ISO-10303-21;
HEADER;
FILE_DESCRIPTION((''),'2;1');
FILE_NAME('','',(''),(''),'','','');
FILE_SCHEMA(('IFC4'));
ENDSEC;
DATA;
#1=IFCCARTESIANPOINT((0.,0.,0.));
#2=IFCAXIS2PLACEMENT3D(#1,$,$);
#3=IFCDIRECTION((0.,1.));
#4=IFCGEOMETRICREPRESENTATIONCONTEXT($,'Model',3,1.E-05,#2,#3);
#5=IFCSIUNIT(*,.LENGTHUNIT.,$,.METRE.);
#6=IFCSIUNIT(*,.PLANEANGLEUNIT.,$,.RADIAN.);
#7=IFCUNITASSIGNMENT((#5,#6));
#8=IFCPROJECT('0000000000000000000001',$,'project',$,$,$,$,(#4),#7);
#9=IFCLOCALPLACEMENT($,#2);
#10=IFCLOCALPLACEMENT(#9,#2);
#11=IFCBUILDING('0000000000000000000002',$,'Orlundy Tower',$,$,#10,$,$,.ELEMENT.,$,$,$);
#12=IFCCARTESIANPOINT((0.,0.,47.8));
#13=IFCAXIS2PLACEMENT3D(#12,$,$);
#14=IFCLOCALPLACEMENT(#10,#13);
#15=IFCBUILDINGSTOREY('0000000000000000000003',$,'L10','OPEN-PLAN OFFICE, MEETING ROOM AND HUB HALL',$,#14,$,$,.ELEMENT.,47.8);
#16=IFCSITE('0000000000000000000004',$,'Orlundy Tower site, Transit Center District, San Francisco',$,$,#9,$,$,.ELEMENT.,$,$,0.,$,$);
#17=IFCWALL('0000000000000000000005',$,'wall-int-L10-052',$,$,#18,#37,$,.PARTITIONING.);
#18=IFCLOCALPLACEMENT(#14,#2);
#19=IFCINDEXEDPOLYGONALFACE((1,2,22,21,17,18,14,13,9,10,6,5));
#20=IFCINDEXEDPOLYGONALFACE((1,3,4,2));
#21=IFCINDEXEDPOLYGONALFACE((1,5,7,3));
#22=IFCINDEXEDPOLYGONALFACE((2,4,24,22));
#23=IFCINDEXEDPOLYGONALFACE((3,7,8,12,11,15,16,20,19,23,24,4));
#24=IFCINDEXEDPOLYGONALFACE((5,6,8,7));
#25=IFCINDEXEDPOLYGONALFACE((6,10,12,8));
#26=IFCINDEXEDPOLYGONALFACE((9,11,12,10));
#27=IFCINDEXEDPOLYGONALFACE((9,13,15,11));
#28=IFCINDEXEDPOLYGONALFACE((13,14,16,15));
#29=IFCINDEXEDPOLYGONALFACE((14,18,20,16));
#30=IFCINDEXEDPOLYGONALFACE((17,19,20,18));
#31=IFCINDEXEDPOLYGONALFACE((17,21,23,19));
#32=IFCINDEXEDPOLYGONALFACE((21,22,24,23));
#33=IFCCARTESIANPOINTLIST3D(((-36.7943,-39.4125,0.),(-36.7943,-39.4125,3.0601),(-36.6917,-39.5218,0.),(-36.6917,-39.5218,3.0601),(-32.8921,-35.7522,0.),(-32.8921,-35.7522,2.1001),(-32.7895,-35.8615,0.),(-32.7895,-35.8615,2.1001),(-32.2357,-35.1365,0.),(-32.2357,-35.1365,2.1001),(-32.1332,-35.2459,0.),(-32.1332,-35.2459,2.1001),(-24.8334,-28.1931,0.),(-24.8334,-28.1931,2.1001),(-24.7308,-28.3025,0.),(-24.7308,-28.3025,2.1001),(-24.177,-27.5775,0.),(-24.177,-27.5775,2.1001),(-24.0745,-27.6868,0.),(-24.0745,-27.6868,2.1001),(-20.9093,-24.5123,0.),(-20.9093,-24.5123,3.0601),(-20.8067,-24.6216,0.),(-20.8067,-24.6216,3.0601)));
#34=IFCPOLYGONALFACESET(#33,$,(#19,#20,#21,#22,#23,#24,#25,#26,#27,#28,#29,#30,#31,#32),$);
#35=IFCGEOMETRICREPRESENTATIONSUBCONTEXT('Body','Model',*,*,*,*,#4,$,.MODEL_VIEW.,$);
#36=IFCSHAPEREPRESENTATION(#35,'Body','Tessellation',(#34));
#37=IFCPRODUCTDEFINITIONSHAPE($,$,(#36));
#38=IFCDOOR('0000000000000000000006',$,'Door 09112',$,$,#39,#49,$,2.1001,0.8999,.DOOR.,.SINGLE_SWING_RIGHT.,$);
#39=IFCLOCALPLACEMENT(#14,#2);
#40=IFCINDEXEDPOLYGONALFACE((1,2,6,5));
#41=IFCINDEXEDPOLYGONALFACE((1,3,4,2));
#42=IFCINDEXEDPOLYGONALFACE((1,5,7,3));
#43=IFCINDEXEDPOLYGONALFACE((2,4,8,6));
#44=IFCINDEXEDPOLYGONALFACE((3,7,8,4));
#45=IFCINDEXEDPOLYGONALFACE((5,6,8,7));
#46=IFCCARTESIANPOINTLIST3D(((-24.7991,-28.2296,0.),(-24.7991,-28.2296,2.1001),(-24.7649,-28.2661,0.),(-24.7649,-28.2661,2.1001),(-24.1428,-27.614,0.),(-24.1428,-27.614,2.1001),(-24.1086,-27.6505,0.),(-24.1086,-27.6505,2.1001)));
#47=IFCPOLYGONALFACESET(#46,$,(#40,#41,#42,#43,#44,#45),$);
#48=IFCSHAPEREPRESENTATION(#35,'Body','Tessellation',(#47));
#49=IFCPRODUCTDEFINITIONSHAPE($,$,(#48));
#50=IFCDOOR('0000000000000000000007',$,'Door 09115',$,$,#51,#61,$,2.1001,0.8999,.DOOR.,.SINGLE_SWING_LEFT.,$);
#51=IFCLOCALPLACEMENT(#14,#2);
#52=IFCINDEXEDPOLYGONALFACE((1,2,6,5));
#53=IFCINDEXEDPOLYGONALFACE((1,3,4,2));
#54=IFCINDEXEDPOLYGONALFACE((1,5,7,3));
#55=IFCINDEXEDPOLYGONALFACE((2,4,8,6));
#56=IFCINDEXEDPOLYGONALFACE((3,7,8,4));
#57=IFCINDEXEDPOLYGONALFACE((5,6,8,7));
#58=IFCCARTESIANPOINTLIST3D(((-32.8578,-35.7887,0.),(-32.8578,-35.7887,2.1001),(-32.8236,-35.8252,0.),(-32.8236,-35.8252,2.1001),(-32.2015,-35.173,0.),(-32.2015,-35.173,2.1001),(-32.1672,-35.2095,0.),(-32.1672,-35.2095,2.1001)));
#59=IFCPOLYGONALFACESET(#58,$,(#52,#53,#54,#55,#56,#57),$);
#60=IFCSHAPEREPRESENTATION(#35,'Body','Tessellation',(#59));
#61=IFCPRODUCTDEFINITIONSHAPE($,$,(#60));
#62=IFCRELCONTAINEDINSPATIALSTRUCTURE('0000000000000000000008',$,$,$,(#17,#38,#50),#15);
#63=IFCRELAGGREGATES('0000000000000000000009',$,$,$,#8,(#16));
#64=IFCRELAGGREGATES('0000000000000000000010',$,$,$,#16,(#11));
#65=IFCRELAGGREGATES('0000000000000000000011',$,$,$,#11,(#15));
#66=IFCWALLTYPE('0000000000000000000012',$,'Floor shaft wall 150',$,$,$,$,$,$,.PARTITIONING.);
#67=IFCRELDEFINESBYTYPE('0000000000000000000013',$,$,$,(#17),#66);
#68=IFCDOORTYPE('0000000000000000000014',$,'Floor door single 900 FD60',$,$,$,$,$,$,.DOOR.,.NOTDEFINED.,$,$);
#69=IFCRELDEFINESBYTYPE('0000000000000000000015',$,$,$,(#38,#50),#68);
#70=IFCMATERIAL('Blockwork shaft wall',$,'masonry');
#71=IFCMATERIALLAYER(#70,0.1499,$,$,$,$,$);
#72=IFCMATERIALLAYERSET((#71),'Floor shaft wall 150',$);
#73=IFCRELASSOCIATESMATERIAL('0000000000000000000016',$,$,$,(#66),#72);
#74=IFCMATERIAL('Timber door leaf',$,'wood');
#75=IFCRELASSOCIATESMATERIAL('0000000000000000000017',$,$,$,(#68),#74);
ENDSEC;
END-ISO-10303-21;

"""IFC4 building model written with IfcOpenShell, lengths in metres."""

from ifc_helpers import new_model, si_unit, direction, frame, frame_2d, origin, place, context, subcontext, project, spatial, rectangle, extrude, material, layer, layer_set, type_object, element, fill, save


model = new_model("IFC4")

# Units and contexts
model_context = context("Model", 3, precision=1e-05, world=origin(), true_north=direction((0.0, 1.0)))
body_context = subcontext(model_context, "Body", "Model", "MODEL_VIEW")
ifc_project = project(units=[si_unit("LENGTHUNIT", "METRE"), si_unit("PLANEANGLEUNIT", "RADIAN")], contexts=[model_context])

# Site, building, storey
site_placement = place(None, origin())
site = spatial("IfcSite", under=ifc_project, at=site_placement, Name="Orlundy Tower site, Transit Center District, San Francisco", CompositionType="ELEMENT", RefElevation=0.0)
building_placement = place(site_placement, origin())
building = spatial("IfcBuilding", under=site, at=building_placement, Name="Orlundy Tower", CompositionType="ELEMENT")
storey_placement = place(building_placement, frame((0.0, 0.0, 47.8)))
storey = spatial("IfcBuildingStorey", under=building, at=storey_placement, Name="L10", Description="OPEN-PLAN OFFICE, MEETING ROOM AND HUB HALL", CompositionType="ELEMENT", Elevation=47.8)

# Shared definitions
ifc_material_1 = material(Name="Blockwork shaft wall", Category="masonry")
ifc_layer_1 = layer(ifc_material_1, 0.1499)
ifc_layer_set_1 = layer_set([ifc_layer_1], Name="Floor shaft wall 150")
wall_type_1 = type_object("IfcWallType", Name="Floor shaft wall 150", PredefinedType="PARTITIONING", material=ifc_layer_set_1)

# Wall, openings, doors
wall_1_placement = place(storey_placement, frame((-36.7429, -39.467, 0.0), z_axis=(0.0, 0.0, 1.0), x_axis=(0.729355, 0.684135, 0.0)))
wall_1 = element("IfcWall", 1, at=wall_1_placement, inside=storey, type_object=wall_type_1, Name="wall-int-L10-052", PredefinedType="PARTITIONING", context=body_context, shape_type="SweptSolid", body=[
    extrude(rectangle(XDim=21.7795, YDim=0.1499, at=frame_2d((10.8896, 0.0))), origin(), (0.0, 0.0, 1.0), 3.0601),
])
opening_1_placement = place(wall_1_placement, frame((16.3992, 0.0, 0.0)))
opening_1 = element("IfcOpeningElement", 2, at=opening_1_placement, cuts=wall_1, PredefinedType="OPENING", context=body_context, shape_type="SweptSolid", body=[
    extrude(rectangle(XDim=0.8999, YDim=2.1001, at=frame_2d((0.45, 1.05))), frame((0.0, 0.085, 0.0), z_axis=(0.0, -1.0, 0.0), x_axis=(1.0, 0.0, 0.0)), (0.0, 0.0, 1.0), 0.1699),
])
opening_2_placement = place(wall_1_placement, frame((5.3501, 0.0, 0.0)))
opening_2 = element("IfcOpeningElement", 3, at=opening_2_placement, cuts=wall_1, PredefinedType="OPENING", context=body_context, shape_type="SweptSolid", body=[
    extrude(rectangle(XDim=0.8999, YDim=2.1001, at=frame_2d((0.45, 1.05))), frame((0.0, 0.085, 0.0), z_axis=(0.0, -1.0, 0.0), x_axis=(1.0, 0.0, 0.0)), (0.0, 0.0, 1.0), 0.1699),
])
ifc_material_2 = material(Name="Timber door leaf", Category="wood")
door_type_1 = type_object("IfcDoorType", Name="Floor door single 900 FD60", OperationType="NOTDEFINED", PredefinedType="DOOR", material=ifc_material_2)
door_1_placement = place(opening_1_placement, origin())
door_1 = element("IfcDoor", 4, at=door_1_placement, inside=storey, type_object=door_type_1, Name="Door 09112", OperationType="SINGLE_SWING_RIGHT", OverallHeight=2.1001, OverallWidth=0.8999, PredefinedType="DOOR", context=body_context, shape_type="SweptSolid", body=[
    extrude(rectangle(XDim=0.8999, YDim=2.1001, at=frame_2d((0.45, 1.05))), frame((0.0, 0.0249, 0.0), z_axis=(0.0, -1.0, 0.0), x_axis=(1.0, 0.0, 0.0)), (0.0, 0.0, 1.0), 0.05),
])
fill(opening_1, door_1)
door_2_placement = place(opening_2_placement, origin())
door_2 = element("IfcDoor", 5, at=door_2_placement, inside=storey, type_object=door_type_1, Name="Door 09115", OperationType="SINGLE_SWING_LEFT", OverallHeight=2.1001, OverallWidth=0.8999, PredefinedType="DOOR", context=body_context, shape_type="SweptSolid", body=[
    extrude(rectangle(XDim=0.8999, YDim=2.1001, at=frame_2d((0.45, 1.05))), frame((0.0, 0.0249, 0.0), z_axis=(0.0, -1.0, 0.0), x_axis=(1.0, 0.0, 0.0)), (0.0, 0.0, 1.0), 0.05),
])
fill(opening_2, door_2)

save(model, "model.ifc")
